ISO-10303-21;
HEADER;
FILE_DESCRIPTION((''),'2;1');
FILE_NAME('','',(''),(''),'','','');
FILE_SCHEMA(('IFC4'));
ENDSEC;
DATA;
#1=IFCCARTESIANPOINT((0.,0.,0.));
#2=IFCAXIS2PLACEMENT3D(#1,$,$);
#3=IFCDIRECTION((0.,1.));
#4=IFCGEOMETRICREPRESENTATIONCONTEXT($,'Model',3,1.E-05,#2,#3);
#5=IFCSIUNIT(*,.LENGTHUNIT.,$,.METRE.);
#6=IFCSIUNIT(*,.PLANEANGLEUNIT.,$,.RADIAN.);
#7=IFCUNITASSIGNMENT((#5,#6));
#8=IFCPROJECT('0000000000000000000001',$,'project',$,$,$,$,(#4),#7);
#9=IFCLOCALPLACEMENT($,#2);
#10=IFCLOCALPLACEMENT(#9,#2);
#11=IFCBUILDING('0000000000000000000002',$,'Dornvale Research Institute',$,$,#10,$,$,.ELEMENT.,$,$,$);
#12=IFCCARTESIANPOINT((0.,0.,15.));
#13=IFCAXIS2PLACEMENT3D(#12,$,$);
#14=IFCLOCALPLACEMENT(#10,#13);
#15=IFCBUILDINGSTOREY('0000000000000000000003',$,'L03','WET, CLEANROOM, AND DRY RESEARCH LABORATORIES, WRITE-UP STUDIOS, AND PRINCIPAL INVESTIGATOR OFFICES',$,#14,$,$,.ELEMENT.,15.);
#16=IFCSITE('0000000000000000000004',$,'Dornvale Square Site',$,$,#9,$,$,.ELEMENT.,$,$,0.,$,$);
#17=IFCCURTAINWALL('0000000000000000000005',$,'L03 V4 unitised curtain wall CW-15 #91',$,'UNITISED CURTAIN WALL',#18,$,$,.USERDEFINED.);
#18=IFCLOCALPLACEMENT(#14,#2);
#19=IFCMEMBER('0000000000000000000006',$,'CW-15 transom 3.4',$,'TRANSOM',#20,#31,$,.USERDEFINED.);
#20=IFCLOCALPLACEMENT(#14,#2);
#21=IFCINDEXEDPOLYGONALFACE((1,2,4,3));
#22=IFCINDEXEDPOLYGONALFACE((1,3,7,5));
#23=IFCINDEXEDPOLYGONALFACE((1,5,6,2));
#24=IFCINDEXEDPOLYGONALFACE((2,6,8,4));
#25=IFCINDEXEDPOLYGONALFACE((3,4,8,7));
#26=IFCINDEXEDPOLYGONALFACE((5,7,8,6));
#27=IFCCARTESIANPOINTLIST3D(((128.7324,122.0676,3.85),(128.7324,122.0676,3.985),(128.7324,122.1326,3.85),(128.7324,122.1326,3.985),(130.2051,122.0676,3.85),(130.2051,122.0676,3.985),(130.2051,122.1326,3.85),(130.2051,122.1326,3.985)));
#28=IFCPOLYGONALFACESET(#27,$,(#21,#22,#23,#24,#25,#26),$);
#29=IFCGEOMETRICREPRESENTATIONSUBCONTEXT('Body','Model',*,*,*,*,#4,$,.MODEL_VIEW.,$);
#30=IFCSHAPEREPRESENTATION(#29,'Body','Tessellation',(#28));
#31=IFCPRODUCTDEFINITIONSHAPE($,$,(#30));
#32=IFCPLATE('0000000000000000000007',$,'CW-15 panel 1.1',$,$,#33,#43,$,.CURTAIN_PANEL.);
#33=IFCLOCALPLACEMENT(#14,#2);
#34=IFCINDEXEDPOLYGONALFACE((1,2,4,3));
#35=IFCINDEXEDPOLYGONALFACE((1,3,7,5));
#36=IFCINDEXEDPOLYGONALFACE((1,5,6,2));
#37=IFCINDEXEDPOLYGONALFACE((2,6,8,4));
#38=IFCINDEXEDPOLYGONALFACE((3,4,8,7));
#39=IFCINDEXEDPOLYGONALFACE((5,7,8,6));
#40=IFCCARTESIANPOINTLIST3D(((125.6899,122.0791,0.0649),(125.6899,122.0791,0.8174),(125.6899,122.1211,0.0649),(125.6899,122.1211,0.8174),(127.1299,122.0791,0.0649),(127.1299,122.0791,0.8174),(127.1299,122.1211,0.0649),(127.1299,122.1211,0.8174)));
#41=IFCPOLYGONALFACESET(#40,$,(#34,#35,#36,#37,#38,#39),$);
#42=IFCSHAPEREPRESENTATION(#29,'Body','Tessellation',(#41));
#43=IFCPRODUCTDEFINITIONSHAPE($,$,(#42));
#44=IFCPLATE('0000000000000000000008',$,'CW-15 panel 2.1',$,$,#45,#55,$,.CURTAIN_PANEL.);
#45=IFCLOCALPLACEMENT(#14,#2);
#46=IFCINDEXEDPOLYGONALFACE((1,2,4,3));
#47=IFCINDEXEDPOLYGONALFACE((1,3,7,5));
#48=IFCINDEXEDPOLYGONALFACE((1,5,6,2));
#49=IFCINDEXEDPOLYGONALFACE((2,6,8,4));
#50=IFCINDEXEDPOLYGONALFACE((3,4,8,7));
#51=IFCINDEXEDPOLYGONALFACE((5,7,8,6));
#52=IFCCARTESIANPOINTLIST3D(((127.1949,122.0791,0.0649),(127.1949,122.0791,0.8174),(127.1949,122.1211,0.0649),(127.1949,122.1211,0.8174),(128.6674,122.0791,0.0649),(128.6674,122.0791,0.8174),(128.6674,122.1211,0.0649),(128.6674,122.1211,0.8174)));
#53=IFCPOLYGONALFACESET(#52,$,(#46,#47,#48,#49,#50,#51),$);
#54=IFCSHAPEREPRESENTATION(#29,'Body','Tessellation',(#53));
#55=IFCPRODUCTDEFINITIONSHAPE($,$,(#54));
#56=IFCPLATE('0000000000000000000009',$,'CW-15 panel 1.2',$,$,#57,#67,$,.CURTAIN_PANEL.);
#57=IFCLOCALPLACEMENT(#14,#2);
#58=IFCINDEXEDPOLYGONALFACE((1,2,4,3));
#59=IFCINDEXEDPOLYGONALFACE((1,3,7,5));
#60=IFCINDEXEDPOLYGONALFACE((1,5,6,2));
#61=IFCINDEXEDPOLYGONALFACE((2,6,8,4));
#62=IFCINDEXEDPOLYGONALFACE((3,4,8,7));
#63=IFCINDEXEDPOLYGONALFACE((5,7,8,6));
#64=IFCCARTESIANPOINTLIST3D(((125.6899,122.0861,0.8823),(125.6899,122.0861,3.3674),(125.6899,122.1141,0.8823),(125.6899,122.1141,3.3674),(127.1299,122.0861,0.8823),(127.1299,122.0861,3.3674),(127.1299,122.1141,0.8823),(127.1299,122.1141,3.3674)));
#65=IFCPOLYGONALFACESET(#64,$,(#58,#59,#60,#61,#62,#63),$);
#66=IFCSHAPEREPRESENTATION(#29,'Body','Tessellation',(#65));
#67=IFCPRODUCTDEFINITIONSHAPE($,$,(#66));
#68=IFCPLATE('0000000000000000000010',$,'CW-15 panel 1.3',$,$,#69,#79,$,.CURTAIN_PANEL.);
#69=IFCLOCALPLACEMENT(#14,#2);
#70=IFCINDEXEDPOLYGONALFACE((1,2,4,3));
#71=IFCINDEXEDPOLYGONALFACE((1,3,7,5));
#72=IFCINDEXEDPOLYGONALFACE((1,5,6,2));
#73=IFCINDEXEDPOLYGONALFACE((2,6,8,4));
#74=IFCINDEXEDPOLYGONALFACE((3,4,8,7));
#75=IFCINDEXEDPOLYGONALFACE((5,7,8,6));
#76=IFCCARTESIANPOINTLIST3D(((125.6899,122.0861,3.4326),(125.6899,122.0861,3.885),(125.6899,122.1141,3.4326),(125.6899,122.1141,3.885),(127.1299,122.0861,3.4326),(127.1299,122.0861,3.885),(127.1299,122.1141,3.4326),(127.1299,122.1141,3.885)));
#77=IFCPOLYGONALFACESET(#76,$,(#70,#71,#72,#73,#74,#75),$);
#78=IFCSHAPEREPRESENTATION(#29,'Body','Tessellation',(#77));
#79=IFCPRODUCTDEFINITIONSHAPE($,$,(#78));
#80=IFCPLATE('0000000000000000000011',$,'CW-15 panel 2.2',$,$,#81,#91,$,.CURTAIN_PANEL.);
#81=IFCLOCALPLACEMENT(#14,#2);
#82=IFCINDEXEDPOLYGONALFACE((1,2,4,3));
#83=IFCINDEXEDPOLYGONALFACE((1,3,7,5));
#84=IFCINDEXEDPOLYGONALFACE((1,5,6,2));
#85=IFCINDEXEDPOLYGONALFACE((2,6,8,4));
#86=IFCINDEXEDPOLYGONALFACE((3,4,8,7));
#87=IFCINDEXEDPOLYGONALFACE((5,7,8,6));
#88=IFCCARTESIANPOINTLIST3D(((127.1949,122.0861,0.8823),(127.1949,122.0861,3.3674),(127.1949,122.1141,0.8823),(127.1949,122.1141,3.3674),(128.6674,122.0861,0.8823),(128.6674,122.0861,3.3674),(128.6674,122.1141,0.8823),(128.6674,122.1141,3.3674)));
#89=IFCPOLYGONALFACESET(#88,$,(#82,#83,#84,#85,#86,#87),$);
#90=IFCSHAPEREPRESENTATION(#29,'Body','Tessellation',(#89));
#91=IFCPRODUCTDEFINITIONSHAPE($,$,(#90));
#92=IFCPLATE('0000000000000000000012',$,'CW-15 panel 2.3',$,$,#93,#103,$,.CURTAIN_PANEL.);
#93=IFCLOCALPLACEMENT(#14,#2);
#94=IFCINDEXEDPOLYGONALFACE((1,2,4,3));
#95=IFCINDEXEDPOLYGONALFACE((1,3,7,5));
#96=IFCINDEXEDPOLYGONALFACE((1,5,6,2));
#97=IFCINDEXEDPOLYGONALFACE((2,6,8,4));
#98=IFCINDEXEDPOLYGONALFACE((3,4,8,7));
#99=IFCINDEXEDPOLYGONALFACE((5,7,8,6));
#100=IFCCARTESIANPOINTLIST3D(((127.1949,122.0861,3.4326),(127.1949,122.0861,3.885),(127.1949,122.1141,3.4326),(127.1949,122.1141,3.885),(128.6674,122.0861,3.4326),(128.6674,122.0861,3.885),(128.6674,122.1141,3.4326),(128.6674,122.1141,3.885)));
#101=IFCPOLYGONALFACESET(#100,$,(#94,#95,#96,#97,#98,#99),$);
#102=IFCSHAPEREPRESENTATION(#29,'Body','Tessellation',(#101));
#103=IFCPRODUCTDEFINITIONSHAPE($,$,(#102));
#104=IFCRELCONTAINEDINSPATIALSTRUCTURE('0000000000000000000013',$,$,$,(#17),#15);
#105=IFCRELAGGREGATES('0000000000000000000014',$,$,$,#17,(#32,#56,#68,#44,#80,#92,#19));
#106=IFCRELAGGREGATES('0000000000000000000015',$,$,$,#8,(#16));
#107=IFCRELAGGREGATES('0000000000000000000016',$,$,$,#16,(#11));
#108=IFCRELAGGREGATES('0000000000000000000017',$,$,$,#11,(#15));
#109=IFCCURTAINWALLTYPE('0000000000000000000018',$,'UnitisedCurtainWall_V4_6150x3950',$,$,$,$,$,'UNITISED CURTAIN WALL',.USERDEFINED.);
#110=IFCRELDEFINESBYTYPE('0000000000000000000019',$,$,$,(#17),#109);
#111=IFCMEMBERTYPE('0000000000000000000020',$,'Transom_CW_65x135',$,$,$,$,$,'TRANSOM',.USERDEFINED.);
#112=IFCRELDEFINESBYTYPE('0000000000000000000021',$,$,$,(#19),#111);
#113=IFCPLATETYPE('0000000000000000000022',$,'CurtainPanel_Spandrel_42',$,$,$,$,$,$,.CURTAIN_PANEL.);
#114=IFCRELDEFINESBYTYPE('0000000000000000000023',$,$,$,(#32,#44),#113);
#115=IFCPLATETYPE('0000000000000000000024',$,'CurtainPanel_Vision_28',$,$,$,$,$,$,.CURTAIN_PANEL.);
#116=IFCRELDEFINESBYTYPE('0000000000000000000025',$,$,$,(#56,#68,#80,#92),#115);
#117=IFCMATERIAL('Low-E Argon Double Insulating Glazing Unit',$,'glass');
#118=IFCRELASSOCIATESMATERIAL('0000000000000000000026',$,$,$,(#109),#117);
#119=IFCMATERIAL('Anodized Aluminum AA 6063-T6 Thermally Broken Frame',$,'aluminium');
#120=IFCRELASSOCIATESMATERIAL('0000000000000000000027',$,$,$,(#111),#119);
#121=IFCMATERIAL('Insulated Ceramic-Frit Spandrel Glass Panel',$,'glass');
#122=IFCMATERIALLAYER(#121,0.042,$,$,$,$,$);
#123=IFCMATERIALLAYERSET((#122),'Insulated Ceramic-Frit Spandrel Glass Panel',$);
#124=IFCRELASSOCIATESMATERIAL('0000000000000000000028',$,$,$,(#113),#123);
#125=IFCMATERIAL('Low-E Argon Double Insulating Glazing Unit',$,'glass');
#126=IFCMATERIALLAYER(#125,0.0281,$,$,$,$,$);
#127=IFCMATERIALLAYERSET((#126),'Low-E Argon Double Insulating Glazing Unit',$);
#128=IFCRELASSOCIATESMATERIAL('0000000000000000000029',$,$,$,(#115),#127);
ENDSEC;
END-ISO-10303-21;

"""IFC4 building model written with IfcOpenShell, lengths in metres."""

from ifc_helpers import new_model, si_unit, direction, frame, origin, origin_2d, place, context, subcontext, project, spatial, rectangle, extrude, material, layer, layer_set, material_profile, profile_set, type_object, element, aggregate, save


model = new_model("IFC4")

# Units and contexts
model_context = context("Model", 3, precision=1e-05, world=origin(), true_north=direction((0.0, 1.0)))
body_context = subcontext(model_context, "Body", "Model", "MODEL_VIEW")
ifc_project = project(units=[si_unit("LENGTHUNIT", "METRE"), si_unit("PLANEANGLEUNIT", "RADIAN")], contexts=[model_context])

# Site, building, storey
site_placement = place(None, origin())
site = spatial("IfcSite", under=ifc_project, at=site_placement, Name="Dornvale Square Site", CompositionType="ELEMENT", RefElevation=0.0)
building_placement = place(site_placement, origin())
building = spatial("IfcBuilding", under=site, at=building_placement, Name="Dornvale Research Institute", CompositionType="ELEMENT")
storey_placement = place(building_placement, frame((0.0, 0.0, 15.0)))
storey = spatial("IfcBuildingStorey", under=building, at=storey_placement, Name="L03", Description="WET, CLEANROOM, AND DRY RESEARCH LABORATORIES, WRITE-UP STUDIOS, AND PRINCIPAL INVESTIGATOR OFFICES", CompositionType="ELEMENT", Elevation=15.0)

# Curtain wall, member, plates
ifc_material_1 = material(Name="Low-E Argon Double Insulating Glazing Unit", Category="glass")
curtain_wall_type = type_object("IfcCurtainWallType", Name="UnitisedCurtainWall_V4_6150x3950", ElementType="UNITISED CURTAIN WALL", PredefinedType="USERDEFINED", material=ifc_material_1)
curtain_wall_placement = place(storey_placement, origin())
curtain_wall = element("IfcCurtainWall", 1, at=curtain_wall_placement, inside=storey, type_object=curtain_wall_type, Name="L03 V4 unitised curtain wall CW-15 #91", ObjectType="UNITISED CURTAIN WALL", PredefinedType="USERDEFINED")
ifc_material_2 = material(Name="Anodized Aluminum AA 6063-T6 Thermally Broken Frame", Category="aluminium")
ifc_material_profile_1 = material_profile(ifc_material_2, rectangle(XDim=0.0649, YDim=0.135, at=origin_2d()), Name="ALU TRANSOM 65x135")
ifc_profile_set_1 = profile_set([ifc_material_profile_1], Name="Anodized Aluminum AA 6063-T6 Thermally Broken Frame")
member_type_1 = type_object("IfcMemberType", Name="Transom_CW_65x135", ElementType="TRANSOM", PredefinedType="USERDEFINED", material=ifc_profile_set_1)
member_1_placement = place(storey_placement, frame((128.7324, 122.1001, 3.9175), z_axis=(1.0, 0.0, 0.0), x_axis=(0.0, 1.0, 0.0)))
member_1 = element("IfcMember", 2, at=member_1_placement, type_object=member_type_1, Name="CW-15 transom 3.4", ObjectType="TRANSOM", PredefinedType="USERDEFINED", context=body_context, shape_type="SweptSolid", body=[
    extrude(rectangle(XDim=0.0649, YDim=0.135, at=origin_2d()), origin(), (0.0, 0.0, 1.0), 1.4727),
])
ifc_material_3 = material(Name="Insulated Ceramic-Frit Spandrel Glass Panel", Category="glass")
ifc_layer_1 = layer(ifc_material_3, 0.042)
ifc_layer_set_1 = layer_set([ifc_layer_1], Name="Insulated Ceramic-Frit Spandrel Glass Panel")
plate_type_1 = type_object("IfcPlateType", Name="CurtainPanel_Spandrel_42", PredefinedType="CURTAIN_PANEL", material=ifc_layer_set_1)
plate_1_placement = place(storey_placement, frame((126.4099, 122.1001, 0.0649), z_axis=(0.0, 0.0, 1.0), x_axis=(1.0, 0.0, 0.0)))
plate_1 = element("IfcPlate", 3, at=plate_1_placement, type_object=plate_type_1, Name="CW-15 panel 1.1", PredefinedType="CURTAIN_PANEL", context=body_context, shape_type="SweptSolid", body=[
    extrude(rectangle(XDim=1.4399, YDim=0.042, at=origin_2d()), origin(), (0.0, 0.0, 1.0), 0.7524),
])
plate_2_placement = place(storey_placement, frame((127.9312, 122.1001, 0.0649), z_axis=(0.0, 0.0, 1.0), x_axis=(1.0, 0.0, 0.0)))
plate_2 = element("IfcPlate", 4, at=plate_2_placement, type_object=plate_type_1, Name="CW-15 panel 2.1", PredefinedType="CURTAIN_PANEL", context=body_context, shape_type="SweptSolid", body=[
    extrude(rectangle(XDim=1.4724, YDim=0.042, at=origin_2d()), origin(), (0.0, 0.0, 1.0), 0.7524),
])
ifc_material_4 = material(Name="Low-E Argon Double Insulating Glazing Unit", Category="glass")
ifc_layer_2 = layer(ifc_material_4, 0.0281)
ifc_layer_set_2 = layer_set([ifc_layer_2], Name="Low-E Argon Double Insulating Glazing Unit")
plate_type_2 = type_object("IfcPlateType", Name="CurtainPanel_Vision_28", PredefinedType="CURTAIN_PANEL", material=ifc_layer_set_2)
plate_3_placement = place(storey_placement, frame((126.4099, 122.1001, 0.8823), z_axis=(0.0, 0.0, 1.0), x_axis=(1.0, 0.0, 0.0)))
plate_3 = element("IfcPlate", 5, at=plate_3_placement, type_object=plate_type_2, Name="CW-15 panel 1.2", PredefinedType="CURTAIN_PANEL", context=body_context, shape_type="SweptSolid", body=[
    extrude(rectangle(XDim=1.4399, YDim=0.0281, at=origin_2d()), origin(), (0.0, 0.0, 1.0), 2.4851),
])
plate_4_placement = place(storey_placement, frame((126.4099, 122.1001, 3.4326), z_axis=(0.0, 0.0, 1.0), x_axis=(1.0, 0.0, 0.0)))
plate_4 = element("IfcPlate", 6, at=plate_4_placement, type_object=plate_type_2, Name="CW-15 panel 1.3", PredefinedType="CURTAIN_PANEL", context=body_context, shape_type="SweptSolid", body=[
    extrude(rectangle(XDim=1.4399, YDim=0.0281, at=origin_2d()), origin(), (0.0, 0.0, 1.0), 0.4524),
])
plate_5_placement = place(storey_placement, frame((127.9312, 122.1001, 0.8823), z_axis=(0.0, 0.0, 1.0), x_axis=(1.0, 0.0, 0.0)))
plate_5 = element("IfcPlate", 7, at=plate_5_placement, type_object=plate_type_2, Name="CW-15 panel 2.2", PredefinedType="CURTAIN_PANEL", context=body_context, shape_type="SweptSolid", body=[
    extrude(rectangle(XDim=1.4724, YDim=0.0281, at=origin_2d()), origin(), (0.0, 0.0, 1.0), 2.4851),
])
plate_6_placement = place(storey_placement, frame((127.9312, 122.1001, 3.4326), z_axis=(0.0, 0.0, 1.0), x_axis=(1.0, 0.0, 0.0)))
plate_6 = element("IfcPlate", 8, at=plate_6_placement, type_object=plate_type_2, Name="CW-15 panel 2.3", PredefinedType="CURTAIN_PANEL", context=body_context, shape_type="SweptSolid", body=[
    extrude(rectangle(XDim=1.4724, YDim=0.0281, at=origin_2d()), origin(), (0.0, 0.0, 1.0), 0.4524),
])
aggregate(curtain_wall, [plate_1, plate_3, plate_4, plate_2, plate_5, plate_6, member_1])

save(model, "model.ifc")
